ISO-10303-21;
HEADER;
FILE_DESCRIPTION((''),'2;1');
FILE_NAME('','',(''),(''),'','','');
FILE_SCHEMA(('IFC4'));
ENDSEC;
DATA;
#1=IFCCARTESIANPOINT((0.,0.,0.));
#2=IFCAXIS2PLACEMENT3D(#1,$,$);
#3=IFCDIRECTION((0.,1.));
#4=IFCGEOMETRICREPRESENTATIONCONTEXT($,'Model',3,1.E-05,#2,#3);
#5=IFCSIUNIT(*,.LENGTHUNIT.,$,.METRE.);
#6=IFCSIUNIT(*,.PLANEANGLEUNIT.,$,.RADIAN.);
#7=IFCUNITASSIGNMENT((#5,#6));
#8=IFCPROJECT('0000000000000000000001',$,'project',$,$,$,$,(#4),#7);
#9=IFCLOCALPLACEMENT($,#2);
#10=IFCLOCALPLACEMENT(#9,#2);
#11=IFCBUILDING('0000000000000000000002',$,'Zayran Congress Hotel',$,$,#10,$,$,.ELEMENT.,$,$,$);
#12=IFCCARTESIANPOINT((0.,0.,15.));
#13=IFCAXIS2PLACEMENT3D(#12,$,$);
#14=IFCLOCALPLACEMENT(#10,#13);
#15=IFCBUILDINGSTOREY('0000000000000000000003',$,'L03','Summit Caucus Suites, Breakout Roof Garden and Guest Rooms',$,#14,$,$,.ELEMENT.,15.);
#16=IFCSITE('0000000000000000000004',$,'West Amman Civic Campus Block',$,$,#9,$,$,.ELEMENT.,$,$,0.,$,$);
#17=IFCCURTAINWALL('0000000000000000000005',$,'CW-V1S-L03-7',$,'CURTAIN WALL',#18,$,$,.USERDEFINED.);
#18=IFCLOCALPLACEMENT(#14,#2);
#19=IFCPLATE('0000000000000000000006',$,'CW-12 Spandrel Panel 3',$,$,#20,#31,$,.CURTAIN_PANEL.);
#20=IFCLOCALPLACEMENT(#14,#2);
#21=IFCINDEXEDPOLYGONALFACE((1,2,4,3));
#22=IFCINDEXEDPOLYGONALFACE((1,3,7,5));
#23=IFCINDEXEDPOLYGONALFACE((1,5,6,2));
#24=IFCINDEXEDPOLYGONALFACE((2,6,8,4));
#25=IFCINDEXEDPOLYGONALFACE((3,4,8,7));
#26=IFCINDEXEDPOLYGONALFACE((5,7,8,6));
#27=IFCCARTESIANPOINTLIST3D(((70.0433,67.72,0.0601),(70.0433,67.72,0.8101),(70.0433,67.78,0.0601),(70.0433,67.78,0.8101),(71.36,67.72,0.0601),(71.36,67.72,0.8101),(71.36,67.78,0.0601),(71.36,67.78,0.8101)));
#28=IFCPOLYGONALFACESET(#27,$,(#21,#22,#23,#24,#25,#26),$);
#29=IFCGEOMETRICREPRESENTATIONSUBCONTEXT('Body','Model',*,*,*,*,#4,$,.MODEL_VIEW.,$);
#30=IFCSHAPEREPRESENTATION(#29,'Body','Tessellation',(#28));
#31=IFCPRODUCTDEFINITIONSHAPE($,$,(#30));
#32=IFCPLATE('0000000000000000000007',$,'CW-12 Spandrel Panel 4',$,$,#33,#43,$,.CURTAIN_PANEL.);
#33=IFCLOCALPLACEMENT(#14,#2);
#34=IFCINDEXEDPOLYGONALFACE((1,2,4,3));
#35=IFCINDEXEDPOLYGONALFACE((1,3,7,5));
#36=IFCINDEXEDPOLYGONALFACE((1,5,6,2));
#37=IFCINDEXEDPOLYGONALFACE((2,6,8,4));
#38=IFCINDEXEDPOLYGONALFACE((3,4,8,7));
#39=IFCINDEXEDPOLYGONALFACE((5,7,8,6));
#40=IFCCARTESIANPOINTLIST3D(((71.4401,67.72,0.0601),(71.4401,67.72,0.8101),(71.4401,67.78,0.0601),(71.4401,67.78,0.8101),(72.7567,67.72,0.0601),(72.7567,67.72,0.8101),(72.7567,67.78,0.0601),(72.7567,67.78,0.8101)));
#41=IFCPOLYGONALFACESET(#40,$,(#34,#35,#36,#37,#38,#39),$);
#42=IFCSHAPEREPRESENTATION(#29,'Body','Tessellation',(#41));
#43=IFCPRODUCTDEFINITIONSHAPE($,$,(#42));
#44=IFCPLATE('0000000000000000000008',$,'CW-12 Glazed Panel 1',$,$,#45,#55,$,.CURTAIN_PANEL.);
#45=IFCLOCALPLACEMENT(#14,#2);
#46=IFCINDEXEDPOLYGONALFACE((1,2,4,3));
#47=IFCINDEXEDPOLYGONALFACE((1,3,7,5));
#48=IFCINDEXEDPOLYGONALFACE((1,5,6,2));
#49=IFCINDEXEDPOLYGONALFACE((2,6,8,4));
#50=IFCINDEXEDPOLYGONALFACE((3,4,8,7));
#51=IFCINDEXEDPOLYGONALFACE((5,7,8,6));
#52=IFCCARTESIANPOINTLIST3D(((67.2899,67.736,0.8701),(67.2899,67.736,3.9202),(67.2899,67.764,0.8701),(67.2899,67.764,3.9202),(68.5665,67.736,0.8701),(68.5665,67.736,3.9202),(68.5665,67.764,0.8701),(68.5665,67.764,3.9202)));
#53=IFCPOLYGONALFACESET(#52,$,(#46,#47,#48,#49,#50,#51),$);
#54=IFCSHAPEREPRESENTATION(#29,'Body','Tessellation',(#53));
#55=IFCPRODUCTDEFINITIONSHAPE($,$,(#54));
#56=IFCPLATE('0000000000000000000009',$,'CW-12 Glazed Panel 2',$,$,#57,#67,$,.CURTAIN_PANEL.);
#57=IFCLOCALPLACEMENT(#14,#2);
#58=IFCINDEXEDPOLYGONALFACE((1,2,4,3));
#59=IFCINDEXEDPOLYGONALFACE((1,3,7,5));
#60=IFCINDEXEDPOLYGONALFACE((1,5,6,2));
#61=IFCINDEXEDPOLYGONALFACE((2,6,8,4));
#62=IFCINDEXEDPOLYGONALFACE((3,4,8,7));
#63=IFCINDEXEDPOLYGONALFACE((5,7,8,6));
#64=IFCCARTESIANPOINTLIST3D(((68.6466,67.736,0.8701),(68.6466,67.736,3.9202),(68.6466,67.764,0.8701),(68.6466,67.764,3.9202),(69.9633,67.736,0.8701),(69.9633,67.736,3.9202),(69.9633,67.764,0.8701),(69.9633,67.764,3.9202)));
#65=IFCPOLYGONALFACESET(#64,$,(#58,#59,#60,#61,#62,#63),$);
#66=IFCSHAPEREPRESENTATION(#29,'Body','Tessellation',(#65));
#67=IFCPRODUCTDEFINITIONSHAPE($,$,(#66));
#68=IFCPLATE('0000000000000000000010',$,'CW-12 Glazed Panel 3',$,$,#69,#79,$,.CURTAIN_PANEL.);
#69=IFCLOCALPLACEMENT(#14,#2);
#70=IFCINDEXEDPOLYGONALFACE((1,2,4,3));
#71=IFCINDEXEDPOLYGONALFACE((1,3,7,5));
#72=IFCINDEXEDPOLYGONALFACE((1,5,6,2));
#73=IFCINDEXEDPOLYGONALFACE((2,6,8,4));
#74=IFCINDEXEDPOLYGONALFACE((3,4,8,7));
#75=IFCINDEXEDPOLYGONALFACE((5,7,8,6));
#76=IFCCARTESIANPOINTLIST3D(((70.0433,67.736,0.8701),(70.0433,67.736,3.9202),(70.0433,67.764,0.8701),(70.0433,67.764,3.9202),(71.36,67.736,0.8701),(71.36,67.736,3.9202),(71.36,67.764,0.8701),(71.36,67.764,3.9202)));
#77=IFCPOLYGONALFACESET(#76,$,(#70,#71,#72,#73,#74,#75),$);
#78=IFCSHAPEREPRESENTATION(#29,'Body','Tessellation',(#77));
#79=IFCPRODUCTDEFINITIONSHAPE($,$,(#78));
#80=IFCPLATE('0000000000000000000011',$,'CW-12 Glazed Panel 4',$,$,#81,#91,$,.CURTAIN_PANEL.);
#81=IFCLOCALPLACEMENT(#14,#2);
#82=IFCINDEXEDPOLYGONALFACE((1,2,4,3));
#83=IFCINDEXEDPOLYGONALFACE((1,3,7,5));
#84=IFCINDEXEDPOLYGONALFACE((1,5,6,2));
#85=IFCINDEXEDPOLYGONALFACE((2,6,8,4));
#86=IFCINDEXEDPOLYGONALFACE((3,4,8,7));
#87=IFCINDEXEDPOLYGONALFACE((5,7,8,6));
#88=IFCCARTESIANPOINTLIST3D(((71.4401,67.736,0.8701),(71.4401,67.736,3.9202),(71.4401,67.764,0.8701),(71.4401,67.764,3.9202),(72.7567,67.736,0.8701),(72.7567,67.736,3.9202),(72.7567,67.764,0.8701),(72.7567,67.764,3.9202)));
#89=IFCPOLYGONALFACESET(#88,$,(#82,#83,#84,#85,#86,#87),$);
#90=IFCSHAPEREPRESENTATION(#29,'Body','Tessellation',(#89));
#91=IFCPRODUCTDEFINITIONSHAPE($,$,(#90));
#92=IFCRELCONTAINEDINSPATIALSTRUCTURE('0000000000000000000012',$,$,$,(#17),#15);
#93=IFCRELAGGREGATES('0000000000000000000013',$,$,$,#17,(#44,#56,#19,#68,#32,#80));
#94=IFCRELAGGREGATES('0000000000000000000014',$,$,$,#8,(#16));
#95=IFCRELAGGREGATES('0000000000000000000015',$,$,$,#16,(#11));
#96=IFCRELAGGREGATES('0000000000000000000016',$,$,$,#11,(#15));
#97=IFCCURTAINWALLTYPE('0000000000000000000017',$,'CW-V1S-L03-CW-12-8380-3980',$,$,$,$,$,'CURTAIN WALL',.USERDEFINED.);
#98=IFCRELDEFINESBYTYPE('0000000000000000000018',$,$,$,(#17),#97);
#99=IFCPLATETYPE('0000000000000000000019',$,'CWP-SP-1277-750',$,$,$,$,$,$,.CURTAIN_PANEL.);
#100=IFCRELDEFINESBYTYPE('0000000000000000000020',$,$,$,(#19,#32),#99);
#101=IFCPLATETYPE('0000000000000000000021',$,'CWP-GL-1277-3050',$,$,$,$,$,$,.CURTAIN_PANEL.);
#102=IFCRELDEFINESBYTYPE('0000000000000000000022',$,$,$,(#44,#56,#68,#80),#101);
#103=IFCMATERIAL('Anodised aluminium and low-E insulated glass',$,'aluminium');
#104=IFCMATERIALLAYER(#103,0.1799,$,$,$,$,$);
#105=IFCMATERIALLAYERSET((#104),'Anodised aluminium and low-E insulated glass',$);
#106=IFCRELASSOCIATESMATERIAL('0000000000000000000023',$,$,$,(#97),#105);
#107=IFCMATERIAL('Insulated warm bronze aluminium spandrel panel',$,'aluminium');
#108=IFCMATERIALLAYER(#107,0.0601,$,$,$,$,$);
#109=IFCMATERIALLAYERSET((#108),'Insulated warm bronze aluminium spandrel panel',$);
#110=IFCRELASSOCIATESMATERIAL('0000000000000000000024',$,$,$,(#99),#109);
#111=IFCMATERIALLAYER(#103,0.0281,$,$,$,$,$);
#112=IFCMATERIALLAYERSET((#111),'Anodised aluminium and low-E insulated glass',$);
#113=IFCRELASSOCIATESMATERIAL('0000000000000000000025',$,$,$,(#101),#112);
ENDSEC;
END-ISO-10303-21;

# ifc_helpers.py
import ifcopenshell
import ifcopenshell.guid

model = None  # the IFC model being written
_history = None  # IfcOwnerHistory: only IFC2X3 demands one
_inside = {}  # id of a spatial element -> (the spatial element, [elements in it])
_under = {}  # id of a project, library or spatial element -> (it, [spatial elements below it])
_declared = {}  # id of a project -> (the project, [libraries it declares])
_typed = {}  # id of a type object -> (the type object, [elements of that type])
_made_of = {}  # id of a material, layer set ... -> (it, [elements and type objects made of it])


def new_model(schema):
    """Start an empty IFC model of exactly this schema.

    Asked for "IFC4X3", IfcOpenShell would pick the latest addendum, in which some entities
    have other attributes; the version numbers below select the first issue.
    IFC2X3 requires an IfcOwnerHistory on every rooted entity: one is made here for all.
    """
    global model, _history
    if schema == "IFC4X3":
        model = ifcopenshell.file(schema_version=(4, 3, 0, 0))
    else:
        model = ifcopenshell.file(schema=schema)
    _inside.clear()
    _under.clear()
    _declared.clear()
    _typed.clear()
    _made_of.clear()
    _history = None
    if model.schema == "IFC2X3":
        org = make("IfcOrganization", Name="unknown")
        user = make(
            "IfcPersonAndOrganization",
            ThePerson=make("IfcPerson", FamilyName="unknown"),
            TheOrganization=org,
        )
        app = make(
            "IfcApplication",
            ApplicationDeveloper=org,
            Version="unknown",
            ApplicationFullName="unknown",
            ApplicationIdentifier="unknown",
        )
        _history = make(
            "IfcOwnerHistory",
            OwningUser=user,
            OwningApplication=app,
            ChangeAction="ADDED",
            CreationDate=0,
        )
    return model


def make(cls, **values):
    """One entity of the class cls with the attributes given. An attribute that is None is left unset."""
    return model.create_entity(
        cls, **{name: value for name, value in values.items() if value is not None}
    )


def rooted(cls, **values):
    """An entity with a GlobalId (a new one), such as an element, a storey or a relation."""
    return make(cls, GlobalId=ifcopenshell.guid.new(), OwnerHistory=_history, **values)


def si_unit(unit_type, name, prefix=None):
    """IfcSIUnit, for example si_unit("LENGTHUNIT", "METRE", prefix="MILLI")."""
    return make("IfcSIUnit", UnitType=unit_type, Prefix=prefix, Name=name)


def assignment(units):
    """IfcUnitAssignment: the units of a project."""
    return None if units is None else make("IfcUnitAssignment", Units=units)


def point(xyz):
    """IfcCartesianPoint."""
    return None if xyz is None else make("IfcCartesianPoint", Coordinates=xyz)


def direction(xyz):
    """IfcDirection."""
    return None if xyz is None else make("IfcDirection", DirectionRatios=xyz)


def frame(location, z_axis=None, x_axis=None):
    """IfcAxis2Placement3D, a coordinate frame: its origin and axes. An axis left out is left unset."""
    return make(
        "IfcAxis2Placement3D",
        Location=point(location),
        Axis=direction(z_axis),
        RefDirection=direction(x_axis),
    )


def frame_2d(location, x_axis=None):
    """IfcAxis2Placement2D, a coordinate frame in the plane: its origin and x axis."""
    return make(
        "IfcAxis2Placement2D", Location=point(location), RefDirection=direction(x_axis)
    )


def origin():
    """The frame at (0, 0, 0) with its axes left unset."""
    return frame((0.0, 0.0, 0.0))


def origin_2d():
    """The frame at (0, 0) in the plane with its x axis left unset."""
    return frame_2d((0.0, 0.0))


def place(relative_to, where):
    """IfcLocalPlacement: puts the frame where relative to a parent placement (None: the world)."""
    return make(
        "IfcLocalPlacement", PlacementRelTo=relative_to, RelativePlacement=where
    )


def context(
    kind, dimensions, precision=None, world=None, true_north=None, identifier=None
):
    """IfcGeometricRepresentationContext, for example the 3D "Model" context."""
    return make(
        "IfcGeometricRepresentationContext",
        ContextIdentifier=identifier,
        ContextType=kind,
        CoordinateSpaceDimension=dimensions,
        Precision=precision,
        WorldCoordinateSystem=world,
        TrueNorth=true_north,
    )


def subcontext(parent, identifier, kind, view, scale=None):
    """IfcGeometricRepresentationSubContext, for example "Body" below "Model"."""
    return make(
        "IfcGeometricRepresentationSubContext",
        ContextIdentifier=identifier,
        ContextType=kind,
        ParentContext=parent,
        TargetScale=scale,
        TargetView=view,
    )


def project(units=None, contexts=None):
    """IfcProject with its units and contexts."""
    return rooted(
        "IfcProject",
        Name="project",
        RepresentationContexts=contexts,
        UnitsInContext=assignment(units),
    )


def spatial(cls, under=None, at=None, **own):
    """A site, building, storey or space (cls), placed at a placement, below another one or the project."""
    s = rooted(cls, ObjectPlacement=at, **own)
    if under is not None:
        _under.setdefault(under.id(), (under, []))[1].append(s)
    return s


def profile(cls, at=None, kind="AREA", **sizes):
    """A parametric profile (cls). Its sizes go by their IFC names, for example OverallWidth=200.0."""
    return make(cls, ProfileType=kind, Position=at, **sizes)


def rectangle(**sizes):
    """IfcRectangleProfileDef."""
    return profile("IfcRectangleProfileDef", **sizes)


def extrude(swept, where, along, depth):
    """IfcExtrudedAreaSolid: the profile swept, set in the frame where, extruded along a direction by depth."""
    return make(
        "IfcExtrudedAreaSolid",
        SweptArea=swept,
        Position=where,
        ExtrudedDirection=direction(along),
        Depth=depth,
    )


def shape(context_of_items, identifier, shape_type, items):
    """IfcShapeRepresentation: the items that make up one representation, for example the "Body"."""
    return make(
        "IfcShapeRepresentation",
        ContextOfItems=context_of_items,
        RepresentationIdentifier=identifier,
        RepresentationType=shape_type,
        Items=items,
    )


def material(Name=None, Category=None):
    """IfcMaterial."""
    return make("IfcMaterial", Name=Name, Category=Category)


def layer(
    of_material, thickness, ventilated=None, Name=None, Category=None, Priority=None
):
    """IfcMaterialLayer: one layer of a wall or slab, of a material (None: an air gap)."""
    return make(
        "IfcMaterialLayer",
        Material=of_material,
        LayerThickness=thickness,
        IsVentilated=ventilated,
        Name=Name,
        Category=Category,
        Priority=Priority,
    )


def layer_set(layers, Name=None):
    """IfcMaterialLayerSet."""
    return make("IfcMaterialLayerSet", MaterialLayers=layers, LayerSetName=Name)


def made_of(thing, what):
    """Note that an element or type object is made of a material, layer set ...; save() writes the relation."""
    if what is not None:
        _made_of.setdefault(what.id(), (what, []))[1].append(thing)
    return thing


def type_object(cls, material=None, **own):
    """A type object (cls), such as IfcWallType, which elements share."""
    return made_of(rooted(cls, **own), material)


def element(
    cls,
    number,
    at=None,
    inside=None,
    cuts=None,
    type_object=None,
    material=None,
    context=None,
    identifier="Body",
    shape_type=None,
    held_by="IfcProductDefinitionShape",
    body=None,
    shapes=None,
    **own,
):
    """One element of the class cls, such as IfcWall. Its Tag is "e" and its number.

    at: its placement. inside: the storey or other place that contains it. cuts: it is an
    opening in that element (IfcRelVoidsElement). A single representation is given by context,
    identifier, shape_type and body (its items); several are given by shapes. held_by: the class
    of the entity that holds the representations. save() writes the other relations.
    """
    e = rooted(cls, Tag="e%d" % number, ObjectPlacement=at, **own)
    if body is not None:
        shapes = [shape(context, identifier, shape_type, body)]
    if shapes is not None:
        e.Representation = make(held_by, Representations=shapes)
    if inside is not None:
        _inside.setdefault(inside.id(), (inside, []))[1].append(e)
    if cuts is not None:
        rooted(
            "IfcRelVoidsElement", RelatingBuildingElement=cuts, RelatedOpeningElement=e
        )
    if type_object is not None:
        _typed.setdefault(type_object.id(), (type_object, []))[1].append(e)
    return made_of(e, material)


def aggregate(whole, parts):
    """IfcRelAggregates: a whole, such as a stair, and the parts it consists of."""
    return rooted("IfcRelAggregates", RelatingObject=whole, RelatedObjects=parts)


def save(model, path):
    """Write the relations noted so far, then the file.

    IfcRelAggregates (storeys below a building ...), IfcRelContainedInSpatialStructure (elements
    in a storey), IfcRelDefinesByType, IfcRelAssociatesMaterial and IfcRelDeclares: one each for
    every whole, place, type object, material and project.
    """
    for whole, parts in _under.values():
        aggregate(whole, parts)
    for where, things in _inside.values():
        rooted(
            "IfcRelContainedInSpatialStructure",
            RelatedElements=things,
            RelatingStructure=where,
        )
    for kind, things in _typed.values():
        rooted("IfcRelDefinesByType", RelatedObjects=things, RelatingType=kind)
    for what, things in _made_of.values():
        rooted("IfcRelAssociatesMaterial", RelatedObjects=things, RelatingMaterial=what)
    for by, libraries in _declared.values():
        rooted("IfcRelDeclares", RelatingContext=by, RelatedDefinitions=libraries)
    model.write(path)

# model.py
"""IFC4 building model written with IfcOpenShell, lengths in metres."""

from ifc_helpers import new_model, si_unit, direction, frame, origin, origin_2d, place, context, subcontext, project, spatial, rectangle, extrude, material, layer, layer_set, type_object, element, aggregate, save


model = new_model("IFC4")

# Units and contexts
model_context = context("Model", 3, precision=1e-05, world=origin(), true_north=direction((0.0, 1.0)))
body_context = subcontext(model_context, "Body", "Model", "MODEL_VIEW")
ifc_project = project(units=[si_unit("LENGTHUNIT", "METRE"), si_unit("PLANEANGLEUNIT", "RADIAN")], contexts=[model_context])

# Site, building, storey
site_placement = place(None, origin())
site = spatial("IfcSite", under=ifc_project, at=site_placement, Name="West Amman Civic Campus Block", CompositionType="ELEMENT", RefElevation=0.0)
building_placement = place(site_placement, origin())
building = spatial("IfcBuilding", under=site, at=building_placement, Name="Zayran Congress Hotel", CompositionType="ELEMENT")
storey_placement = place(building_placement, frame((0.0, 0.0, 15.0)))
storey = spatial("IfcBuildingStorey", under=building, at=storey_placement, Name="L03", Description="Summit Caucus Suites, Breakout Roof Garden and Guest Rooms", CompositionType="ELEMENT", Elevation=15.0)

# Curtain wall, plates
ifc_material_1 = material(Name="Anodised aluminium and low-E insulated glass", Category="aluminium")
ifc_layer_1 = layer(ifc_material_1, 0.1799)
ifc_layer_set_1 = layer_set([ifc_layer_1], Name="Anodised aluminium and low-E insulated glass")
curtain_wall_type = type_object("IfcCurtainWallType", Name="CW-V1S-L03-CW-12-8380-3980", ElementType="CURTAIN WALL", PredefinedType="USERDEFINED", material=ifc_layer_set_1)
curtain_wall_placement = place(storey_placement, origin())
curtain_wall = element("IfcCurtainWall", 1, at=curtain_wall_placement, inside=storey, type_object=curtain_wall_type, Name="CW-V1S-L03-7", ObjectType="CURTAIN WALL", PredefinedType="USERDEFINED")
ifc_material_2 = material(Name="Insulated warm bronze aluminium spandrel panel", Category="aluminium")
ifc_layer_2 = layer(ifc_material_2, 0.0601)
ifc_layer_set_2 = layer_set([ifc_layer_2], Name="Insulated warm bronze aluminium spandrel panel")
plate_type_1 = type_object("IfcPlateType", Name="CWP-SP-1277-750", PredefinedType="CURTAIN_PANEL", material=ifc_layer_set_2)
plate_1_placement = place(storey_placement, frame((70.7017, 67.75, 0.0601), z_axis=(0.0, 0.0, 1.0), x_axis=(1.0, 0.0, 0.0)))
plate_1 = element("IfcPlate", 2, at=plate_1_placement, type_object=plate_type_1, Name="CW-12 Spandrel Panel 3", PredefinedType="CURTAIN_PANEL", context=body_context, shape_type="SweptSolid", body=[
    extrude(rectangle(XDim=1.3167, YDim=0.0601, at=origin_2d()), origin(), (0.0, 0.0, 1.0), 0.75),
])
plate_2_placement = place(storey_placement, frame((72.0984, 67.75, 0.0601), z_axis=(0.0, 0.0, 1.0), x_axis=(1.0, 0.0, 0.0)))
plate_2 = element("IfcPlate", 3, at=plate_2_placement, type_object=plate_type_1, Name="CW-12 Spandrel Panel 4", PredefinedType="CURTAIN_PANEL", context=body_context, shape_type="SweptSolid", body=[
    extrude(rectangle(XDim=1.3167, YDim=0.0601, at=origin_2d()), origin(), (0.0, 0.0, 1.0), 0.75),
])
ifc_layer_3 = layer(ifc_material_1, 0.0281)
ifc_layer_set_3 = layer_set([ifc_layer_3], Name="Anodised aluminium and low-E insulated glass")
plate_type_2 = type_object("IfcPlateType", Name="CWP-GL-1277-3050", PredefinedType="CURTAIN_PANEL", material=ifc_layer_set_3)
plate_3_placement = place(storey_placement, frame((67.9282, 67.75, 0.8701), z_axis=(0.0, 0.0, 1.0), x_axis=(1.0, 0.0, 0.0)))
plate_3 = element("IfcPlate", 4, at=plate_3_placement, type_object=plate_type_2, Name="CW-12 Glazed Panel 1", PredefinedType="CURTAIN_PANEL", context=body_context, shape_type="SweptSolid", body=[
    extrude(rectangle(XDim=1.2766, YDim=0.0281, at=origin_2d()), origin(), (0.0, 0.0, 1.0), 3.05),
])
plate_4_placement = place(storey_placement, frame((69.3049, 67.75, 0.8701), z_axis=(0.0, 0.0, 1.0), x_axis=(1.0, 0.0, 0.0)))
plate_4 = element("IfcPlate", 5, at=plate_4_placement, type_object=plate_type_2, Name="CW-12 Glazed Panel 2", PredefinedType="CURTAIN_PANEL", context=body_context, shape_type="SweptSolid", body=[
    extrude(rectangle(XDim=1.3167, YDim=0.0281, at=origin_2d()), origin(), (0.0, 0.0, 1.0), 3.05),
])
plate_5_placement = place(storey_placement, frame((70.7017, 67.75, 0.8701), z_axis=(0.0, 0.0, 1.0), x_axis=(1.0, 0.0, 0.0)))
plate_5 = element("IfcPlate", 6, at=plate_5_placement, type_object=plate_type_2, Name="CW-12 Glazed Panel 3", PredefinedType="CURTAIN_PANEL", context=body_context, shape_type="SweptSolid", body=[
    extrude(rectangle(XDim=1.3167, YDim=0.0281, at=origin_2d()), origin(), (0.0, 0.0, 1.0), 3.05),
])
plate_6_placement = place(storey_placement, frame((72.0984, 67.75, 0.8701), z_axis=(0.0, 0.0, 1.0), x_axis=(1.0, 0.0, 0.0)))
plate_6 = element("IfcPlate", 7, at=plate_6_placement, type_object=plate_type_2, Name="CW-12 Glazed Panel 4", PredefinedType="CURTAIN_PANEL", context=body_context, shape_type="SweptSolid", body=[
    extrude(rectangle(XDim=1.3167, YDim=0.0281, at=origin_2d()), origin(), (0.0, 0.0, 1.0), 3.05),
])
aggregate(curtain_wall, [plate_3, plate_4, plate_1, plate_5, plate_2, plate_6])

save(model, "model.ifc")
